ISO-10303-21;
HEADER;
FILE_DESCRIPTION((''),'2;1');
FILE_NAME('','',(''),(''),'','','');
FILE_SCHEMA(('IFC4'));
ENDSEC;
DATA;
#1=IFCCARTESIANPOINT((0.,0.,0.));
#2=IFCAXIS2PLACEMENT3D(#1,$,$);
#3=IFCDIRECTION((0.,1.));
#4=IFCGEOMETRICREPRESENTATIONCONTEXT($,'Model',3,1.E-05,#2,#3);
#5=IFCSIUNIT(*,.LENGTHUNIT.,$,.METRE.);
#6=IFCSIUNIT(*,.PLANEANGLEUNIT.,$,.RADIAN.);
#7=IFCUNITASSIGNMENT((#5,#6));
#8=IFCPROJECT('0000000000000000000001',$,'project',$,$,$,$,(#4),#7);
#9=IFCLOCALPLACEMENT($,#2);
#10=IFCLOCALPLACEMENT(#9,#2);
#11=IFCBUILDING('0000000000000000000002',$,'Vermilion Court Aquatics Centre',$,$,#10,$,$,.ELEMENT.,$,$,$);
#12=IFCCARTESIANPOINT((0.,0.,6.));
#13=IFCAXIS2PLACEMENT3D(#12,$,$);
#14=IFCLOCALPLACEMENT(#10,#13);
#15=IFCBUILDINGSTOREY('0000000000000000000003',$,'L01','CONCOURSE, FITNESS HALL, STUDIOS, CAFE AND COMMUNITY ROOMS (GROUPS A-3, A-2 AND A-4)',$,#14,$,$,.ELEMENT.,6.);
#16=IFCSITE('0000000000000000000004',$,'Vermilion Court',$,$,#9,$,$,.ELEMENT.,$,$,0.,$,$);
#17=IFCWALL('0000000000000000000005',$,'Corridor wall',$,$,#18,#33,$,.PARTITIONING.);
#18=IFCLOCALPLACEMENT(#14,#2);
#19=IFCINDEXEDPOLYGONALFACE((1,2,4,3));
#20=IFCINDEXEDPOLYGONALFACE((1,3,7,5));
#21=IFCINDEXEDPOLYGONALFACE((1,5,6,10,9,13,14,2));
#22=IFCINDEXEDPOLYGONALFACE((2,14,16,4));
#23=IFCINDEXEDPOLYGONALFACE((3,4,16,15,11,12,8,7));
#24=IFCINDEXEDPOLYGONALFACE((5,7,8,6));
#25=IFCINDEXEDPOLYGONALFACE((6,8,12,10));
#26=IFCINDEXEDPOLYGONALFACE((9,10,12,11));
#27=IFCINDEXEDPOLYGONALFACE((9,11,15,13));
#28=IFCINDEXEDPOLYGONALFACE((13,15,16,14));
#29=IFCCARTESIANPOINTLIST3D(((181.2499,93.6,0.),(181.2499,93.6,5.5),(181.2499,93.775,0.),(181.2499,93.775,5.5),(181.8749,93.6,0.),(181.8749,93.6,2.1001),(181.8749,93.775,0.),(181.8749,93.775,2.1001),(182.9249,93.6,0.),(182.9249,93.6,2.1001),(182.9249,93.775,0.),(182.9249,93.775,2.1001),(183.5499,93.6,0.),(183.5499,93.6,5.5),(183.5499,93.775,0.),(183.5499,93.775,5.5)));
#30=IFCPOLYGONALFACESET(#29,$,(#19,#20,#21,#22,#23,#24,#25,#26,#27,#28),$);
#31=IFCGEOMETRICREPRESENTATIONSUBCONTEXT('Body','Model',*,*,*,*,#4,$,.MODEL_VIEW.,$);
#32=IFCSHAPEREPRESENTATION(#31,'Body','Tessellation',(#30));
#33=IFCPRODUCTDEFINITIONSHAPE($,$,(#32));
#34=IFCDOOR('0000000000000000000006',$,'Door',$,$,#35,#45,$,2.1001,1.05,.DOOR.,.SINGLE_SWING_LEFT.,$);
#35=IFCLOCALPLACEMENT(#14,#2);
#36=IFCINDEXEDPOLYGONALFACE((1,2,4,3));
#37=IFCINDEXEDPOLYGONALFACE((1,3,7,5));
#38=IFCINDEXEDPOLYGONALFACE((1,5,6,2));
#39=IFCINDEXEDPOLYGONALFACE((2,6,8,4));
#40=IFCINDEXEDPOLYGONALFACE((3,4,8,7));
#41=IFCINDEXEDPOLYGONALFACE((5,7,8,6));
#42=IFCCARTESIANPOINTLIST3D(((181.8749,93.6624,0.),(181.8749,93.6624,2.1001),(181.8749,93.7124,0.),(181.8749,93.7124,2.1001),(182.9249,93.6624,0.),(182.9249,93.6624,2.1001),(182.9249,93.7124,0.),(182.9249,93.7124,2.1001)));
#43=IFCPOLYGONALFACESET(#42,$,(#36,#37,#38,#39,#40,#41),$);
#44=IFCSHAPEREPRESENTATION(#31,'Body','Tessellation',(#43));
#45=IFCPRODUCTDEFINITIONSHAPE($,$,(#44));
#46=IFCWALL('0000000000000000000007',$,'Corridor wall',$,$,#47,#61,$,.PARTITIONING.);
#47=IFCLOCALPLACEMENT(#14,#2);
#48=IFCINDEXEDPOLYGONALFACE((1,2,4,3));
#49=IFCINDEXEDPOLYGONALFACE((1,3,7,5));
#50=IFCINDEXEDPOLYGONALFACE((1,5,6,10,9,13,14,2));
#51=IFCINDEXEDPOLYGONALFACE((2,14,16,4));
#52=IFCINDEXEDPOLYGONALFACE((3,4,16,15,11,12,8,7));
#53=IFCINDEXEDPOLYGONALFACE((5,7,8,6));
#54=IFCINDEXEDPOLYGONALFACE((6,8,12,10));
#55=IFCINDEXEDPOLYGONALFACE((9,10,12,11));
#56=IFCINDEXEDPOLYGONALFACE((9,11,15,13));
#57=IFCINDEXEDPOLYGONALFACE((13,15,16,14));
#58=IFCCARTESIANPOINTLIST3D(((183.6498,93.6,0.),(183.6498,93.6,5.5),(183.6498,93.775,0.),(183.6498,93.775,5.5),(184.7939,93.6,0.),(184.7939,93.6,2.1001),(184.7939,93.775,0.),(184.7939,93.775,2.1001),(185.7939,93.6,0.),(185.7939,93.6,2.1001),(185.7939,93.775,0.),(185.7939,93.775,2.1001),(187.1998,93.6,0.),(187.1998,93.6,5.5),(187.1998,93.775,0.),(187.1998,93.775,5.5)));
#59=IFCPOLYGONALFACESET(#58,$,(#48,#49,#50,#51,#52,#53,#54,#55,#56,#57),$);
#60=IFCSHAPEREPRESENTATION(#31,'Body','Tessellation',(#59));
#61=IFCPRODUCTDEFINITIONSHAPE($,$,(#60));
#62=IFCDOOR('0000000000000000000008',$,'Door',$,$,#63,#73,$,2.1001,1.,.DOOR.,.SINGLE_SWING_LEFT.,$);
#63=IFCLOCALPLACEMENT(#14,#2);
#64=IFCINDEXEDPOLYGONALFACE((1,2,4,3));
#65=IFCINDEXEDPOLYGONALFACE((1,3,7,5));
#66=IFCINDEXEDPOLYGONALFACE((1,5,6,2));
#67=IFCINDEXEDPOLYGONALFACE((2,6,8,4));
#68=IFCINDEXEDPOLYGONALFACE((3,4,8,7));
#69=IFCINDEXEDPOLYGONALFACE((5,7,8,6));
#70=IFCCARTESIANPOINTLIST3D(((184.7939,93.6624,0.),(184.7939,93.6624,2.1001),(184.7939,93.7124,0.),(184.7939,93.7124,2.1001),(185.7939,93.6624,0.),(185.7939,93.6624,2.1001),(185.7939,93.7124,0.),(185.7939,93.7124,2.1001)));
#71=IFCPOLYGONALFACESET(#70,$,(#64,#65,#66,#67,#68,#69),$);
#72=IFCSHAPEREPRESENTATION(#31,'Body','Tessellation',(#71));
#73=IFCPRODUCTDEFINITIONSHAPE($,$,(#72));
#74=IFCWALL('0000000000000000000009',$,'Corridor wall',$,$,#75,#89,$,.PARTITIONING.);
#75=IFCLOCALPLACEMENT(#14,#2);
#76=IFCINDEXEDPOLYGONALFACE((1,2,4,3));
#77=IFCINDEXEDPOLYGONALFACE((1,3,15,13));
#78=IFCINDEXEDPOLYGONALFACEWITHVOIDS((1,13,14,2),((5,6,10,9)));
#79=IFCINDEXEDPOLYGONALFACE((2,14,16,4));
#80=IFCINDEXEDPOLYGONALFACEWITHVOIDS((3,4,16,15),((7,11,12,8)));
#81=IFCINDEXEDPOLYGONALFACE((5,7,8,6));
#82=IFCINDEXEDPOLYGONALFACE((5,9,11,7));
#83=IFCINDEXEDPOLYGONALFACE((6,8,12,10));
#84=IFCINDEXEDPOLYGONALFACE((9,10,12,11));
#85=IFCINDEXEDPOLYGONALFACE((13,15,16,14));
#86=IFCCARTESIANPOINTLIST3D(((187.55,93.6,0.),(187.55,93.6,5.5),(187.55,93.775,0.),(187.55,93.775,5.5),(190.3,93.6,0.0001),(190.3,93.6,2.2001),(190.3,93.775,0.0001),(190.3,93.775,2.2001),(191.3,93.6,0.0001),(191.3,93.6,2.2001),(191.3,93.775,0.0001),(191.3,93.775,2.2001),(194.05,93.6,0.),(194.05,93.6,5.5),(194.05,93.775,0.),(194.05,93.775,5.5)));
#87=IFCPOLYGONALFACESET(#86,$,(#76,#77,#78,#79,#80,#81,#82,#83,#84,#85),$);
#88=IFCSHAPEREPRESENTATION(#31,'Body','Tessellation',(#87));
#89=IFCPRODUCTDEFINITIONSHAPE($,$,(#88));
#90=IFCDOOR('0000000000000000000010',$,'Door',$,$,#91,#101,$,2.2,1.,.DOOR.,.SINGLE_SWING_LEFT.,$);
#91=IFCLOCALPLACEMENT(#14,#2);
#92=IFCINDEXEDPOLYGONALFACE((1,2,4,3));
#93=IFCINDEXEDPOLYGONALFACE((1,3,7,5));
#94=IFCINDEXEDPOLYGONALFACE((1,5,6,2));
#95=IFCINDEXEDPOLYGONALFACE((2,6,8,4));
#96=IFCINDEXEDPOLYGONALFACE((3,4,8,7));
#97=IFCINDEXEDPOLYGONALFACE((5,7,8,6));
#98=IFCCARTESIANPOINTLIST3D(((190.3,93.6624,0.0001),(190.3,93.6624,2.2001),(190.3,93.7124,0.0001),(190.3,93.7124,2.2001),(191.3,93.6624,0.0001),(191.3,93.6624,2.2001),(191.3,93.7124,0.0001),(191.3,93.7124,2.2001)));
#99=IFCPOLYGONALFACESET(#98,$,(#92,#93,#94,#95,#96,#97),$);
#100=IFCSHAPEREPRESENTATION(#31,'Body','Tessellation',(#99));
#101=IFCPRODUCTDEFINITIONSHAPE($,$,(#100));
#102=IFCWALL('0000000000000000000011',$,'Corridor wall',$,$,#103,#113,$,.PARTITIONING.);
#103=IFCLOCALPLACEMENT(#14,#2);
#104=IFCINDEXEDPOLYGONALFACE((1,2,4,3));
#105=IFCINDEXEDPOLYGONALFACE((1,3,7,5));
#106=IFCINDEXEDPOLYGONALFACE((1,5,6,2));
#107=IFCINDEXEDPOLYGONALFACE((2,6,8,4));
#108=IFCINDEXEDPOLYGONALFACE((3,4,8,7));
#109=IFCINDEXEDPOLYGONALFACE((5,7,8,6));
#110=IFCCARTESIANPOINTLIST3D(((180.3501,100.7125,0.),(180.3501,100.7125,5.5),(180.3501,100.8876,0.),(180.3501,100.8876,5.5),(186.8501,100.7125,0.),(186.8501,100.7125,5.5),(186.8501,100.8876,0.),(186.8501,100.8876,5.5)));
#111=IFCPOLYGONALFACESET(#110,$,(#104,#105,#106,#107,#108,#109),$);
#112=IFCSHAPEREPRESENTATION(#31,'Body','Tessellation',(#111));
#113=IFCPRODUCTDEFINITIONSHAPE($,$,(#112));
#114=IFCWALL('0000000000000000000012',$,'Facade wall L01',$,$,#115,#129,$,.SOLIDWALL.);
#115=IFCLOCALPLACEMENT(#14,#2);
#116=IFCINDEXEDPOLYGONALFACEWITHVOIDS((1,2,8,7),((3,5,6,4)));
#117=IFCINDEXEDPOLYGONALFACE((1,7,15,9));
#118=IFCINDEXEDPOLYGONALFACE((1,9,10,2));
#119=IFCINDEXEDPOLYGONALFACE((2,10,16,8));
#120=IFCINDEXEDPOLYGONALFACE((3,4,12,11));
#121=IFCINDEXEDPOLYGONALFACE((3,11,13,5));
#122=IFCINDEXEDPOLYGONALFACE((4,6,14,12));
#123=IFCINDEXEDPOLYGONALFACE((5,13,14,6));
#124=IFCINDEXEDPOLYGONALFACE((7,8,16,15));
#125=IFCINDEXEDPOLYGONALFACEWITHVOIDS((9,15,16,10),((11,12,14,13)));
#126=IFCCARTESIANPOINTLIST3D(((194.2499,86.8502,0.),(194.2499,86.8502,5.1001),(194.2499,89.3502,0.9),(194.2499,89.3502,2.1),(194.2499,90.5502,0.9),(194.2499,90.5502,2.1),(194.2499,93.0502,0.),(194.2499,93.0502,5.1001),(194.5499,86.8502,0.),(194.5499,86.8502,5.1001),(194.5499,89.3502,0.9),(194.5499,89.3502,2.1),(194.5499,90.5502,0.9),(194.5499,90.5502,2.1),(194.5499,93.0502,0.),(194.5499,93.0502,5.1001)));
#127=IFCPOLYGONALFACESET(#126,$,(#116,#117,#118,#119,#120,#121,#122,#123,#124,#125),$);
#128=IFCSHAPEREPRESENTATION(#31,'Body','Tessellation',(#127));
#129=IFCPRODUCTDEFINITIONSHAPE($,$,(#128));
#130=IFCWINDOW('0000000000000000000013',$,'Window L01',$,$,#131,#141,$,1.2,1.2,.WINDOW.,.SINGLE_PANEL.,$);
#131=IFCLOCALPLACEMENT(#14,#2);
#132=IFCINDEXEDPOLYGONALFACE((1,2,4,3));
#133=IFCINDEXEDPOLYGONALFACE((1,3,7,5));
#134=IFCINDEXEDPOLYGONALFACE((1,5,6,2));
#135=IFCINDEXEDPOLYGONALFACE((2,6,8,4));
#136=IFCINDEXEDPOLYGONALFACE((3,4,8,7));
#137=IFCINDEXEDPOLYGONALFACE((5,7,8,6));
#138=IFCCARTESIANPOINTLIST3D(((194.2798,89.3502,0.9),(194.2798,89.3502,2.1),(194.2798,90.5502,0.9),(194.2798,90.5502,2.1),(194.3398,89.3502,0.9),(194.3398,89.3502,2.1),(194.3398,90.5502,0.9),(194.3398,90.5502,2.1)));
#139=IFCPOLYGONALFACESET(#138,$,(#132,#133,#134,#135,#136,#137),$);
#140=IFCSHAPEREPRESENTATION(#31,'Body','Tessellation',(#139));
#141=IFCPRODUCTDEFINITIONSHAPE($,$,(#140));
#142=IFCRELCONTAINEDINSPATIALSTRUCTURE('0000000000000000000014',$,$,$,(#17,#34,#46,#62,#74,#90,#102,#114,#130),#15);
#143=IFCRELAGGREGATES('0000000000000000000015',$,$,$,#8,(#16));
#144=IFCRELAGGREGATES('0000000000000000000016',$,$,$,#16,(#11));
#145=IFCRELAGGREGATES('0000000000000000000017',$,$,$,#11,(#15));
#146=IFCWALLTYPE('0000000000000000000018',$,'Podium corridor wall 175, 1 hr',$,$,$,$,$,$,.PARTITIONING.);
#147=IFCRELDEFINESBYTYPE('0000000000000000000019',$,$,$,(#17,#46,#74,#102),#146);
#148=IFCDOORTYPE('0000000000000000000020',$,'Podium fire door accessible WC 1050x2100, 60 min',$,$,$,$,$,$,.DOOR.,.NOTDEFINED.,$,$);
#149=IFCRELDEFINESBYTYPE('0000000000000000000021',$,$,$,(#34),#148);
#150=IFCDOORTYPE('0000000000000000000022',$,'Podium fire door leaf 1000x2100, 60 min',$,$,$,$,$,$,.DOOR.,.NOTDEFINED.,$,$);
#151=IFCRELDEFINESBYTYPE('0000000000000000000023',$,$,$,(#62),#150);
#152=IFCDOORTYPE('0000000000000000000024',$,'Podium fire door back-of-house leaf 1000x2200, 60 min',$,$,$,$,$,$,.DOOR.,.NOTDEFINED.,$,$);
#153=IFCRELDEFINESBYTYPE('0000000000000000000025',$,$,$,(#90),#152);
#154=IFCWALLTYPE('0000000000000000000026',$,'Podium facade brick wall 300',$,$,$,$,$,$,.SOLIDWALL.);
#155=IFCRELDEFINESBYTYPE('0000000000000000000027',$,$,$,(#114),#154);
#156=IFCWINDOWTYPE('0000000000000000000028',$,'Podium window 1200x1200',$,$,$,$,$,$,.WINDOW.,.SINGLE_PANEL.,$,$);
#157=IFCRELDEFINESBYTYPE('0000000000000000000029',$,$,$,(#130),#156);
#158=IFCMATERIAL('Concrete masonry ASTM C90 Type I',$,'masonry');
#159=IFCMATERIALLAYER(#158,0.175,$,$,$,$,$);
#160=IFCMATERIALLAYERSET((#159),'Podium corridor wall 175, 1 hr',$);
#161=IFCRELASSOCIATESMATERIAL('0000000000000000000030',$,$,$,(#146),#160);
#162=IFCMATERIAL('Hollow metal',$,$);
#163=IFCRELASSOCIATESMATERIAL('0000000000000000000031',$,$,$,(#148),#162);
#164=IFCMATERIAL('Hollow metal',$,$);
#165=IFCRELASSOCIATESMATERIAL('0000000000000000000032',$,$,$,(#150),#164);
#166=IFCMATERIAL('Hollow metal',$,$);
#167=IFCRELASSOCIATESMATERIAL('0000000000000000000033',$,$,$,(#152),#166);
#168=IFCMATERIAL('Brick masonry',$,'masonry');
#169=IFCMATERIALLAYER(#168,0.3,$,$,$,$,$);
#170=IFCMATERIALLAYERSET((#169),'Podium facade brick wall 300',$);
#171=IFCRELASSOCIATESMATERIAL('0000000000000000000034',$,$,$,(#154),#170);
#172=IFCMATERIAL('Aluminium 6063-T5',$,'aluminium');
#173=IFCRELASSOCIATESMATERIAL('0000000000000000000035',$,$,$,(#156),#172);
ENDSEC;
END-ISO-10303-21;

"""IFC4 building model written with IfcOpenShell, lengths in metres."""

from ifc_helpers import new_model, si_unit, direction, frame, frame_2d, origin, place, context, subcontext, project, spatial, rectangle, extrude, material, layer, layer_set, type_object, element, fill, save


model = new_model("IFC4")

# Units and contexts
model_context = context("Model", 3, precision=1e-05, world=origin(), true_north=direction((0.0, 1.0)))
body_context = subcontext(model_context, "Body", "Model", "MODEL_VIEW")
ifc_project = project(units=[si_unit("LENGTHUNIT", "METRE"), si_unit("PLANEANGLEUNIT", "RADIAN")], contexts=[model_context])

# Site, building, storey
site_placement = place(None, origin())
site = spatial("IfcSite", under=ifc_project, at=site_placement, Name="Vermilion Court", CompositionType="ELEMENT", RefElevation=0.0)
building_placement = place(site_placement, origin())
building = spatial("IfcBuilding", under=site, at=building_placement, Name="Vermilion Court Aquatics Centre", CompositionType="ELEMENT")
storey_placement = place(building_placement, frame((0.0, 0.0, 6.0)))
storey = spatial("IfcBuildingStorey", under=building, at=storey_placement, Name="L01", Description="CONCOURSE, FITNESS HALL, STUDIOS, CAFE AND COMMUNITY ROOMS (GROUPS A-3, A-2 AND A-4)", CompositionType="ELEMENT", Elevation=6.0)

# Walls, openings, doors
ifc_material_1 = material(Name="Concrete masonry ASTM C90 Type I", Category="masonry")
ifc_layer_1 = layer(ifc_material_1, 0.175)
ifc_layer_set_1 = layer_set([ifc_layer_1], Name="Podium corridor wall 175, 1 hr")
wall_type_1 = type_object("IfcWallType", Name="Podium corridor wall 175, 1 hr", PredefinedType="PARTITIONING", material=ifc_layer_set_1)
wall_1_placement = place(storey_placement, frame((181.25, 93.6875, 0.0), z_axis=(0.0, 0.0, 1.0), x_axis=(1.0, 0.0, 0.0)))
wall_1 = element("IfcWall", 1, at=wall_1_placement, inside=storey, type_object=wall_type_1, Name="Corridor wall", PredefinedType="PARTITIONING", context=body_context, shape_type="SweptSolid", body=[
    extrude(rectangle(XDim=2.3, YDim=0.175, at=frame_2d((1.1499, 0.0))), origin(), (0.0, 0.0, 1.0), 5.5),
])
opening_1_placement = place(wall_1_placement, frame((0.625, 0.0, 0.0)))
opening_1 = element("IfcOpeningElement", 2, at=opening_1_placement, cuts=wall_1, PredefinedType="OPENING", context=body_context, shape_type="SweptSolid", body=[
    extrude(rectangle(XDim=1.05, YDim=2.1001, at=frame_2d((0.5249, 1.05))), frame((0.0, 0.0974, 0.0), z_axis=(0.0, -1.0, 0.0), x_axis=(1.0, 0.0, 0.0)), (0.0, 0.0, 1.0), 0.1951),
])
ifc_material_2 = material(Name="Hollow metal")
door_type_1 = type_object("IfcDoorType", Name="Podium fire door accessible WC 1050x2100, 60 min", OperationType="NOTDEFINED", PredefinedType="DOOR", material=ifc_material_2)
door_1_placement = place(opening_1_placement, frame((1.05, 0.0, 0.0), z_axis=(0.0, 0.0, 1.0), x_axis=(-1.0, 0.0, 0.0)))
door_1 = element("IfcDoor", 3, at=door_1_placement, inside=storey, type_object=door_type_1, Name="Door", OperationType="SINGLE_SWING_LEFT", OverallHeight=2.1001, OverallWidth=1.05, PredefinedType="DOOR", context=body_context, shape_type="SweptSolid", body=[
    extrude(rectangle(XDim=1.05, YDim=2.1001, at=frame_2d((0.5251, 1.05))), frame((0.0, 0.0251, 0.0), z_axis=(0.0, -1.0, 0.0), x_axis=(1.0, 0.0, 0.0)), (0.0, 0.0, 1.0), 0.05),
])
fill(opening_1, door_1)
wall_2_placement = place(storey_placement, frame((183.6499, 93.6875, 0.0), z_axis=(0.0, 0.0, 1.0), x_axis=(1.0, 0.0, 0.0)))
wall_2 = element("IfcWall", 4, at=wall_2_placement, inside=storey, type_object=wall_type_1, Name="Corridor wall", PredefinedType="PARTITIONING", context=body_context, shape_type="SweptSolid", body=[
    extrude(rectangle(XDim=3.55, YDim=0.175, at=frame_2d((1.7749, 0.0))), origin(), (0.0, 0.0, 1.0), 5.5),
])
opening_2_placement = place(wall_2_placement, frame((1.144, 0.0, 0.0)))
opening_2 = element("IfcOpeningElement", 5, at=opening_2_placement, cuts=wall_2, PredefinedType="OPENING", context=body_context, shape_type="SweptSolid", body=[
    extrude(rectangle(XDim=1.0, YDim=2.1001, at=frame_2d((0.5, 1.05))), frame((0.0, 0.0974, 0.0), z_axis=(0.0, -1.0, 0.0), x_axis=(1.0, 0.0, 0.0)), (0.0, 0.0, 1.0), 0.1951),
])
ifc_material_3 = material(Name="Hollow metal")
door_type_2 = type_object("IfcDoorType", Name="Podium fire door leaf 1000x2100, 60 min", OperationType="NOTDEFINED", PredefinedType="DOOR", material=ifc_material_3)
door_2_placement = place(opening_2_placement, frame((1.0, 0.0, 0.0), z_axis=(0.0, 0.0, 1.0), x_axis=(-1.0, 0.0, 0.0)))
door_2 = element("IfcDoor", 6, at=door_2_placement, inside=storey, type_object=door_type_2, Name="Door", OperationType="SINGLE_SWING_LEFT", OverallHeight=2.1001, OverallWidth=1.0, PredefinedType="DOOR", context=body_context, shape_type="SweptSolid", body=[
    extrude(rectangle(XDim=1.0, YDim=2.1001, at=frame_2d((0.5, 1.05))), frame((0.0, 0.0251, 0.0), z_axis=(0.0, -1.0, 0.0), x_axis=(1.0, 0.0, 0.0)), (0.0, 0.0, 1.0), 0.05),
])
fill(opening_2, door_2)
wall_3_placement = place(storey_placement, frame((187.55, 93.6875, 0.0), z_axis=(0.0, 0.0, 1.0), x_axis=(1.0, 0.0, 0.0)))
wall_3 = element("IfcWall", 7, at=wall_3_placement, inside=storey, type_object=wall_type_1, Name="Corridor wall", PredefinedType="PARTITIONING", context=body_context, shape_type="SweptSolid", body=[
    extrude(rectangle(XDim=6.5, YDim=0.175, at=frame_2d((3.25, 0.0))), origin(), (0.0, 0.0, 1.0), 5.5),
])
opening_3_placement = place(wall_3_placement, frame((2.75, 0.0, 0.0)))
opening_3 = element("IfcOpeningElement", 8, at=opening_3_placement, cuts=wall_3, PredefinedType="OPENING", context=body_context, shape_type="SweptSolid", body=[
    extrude(rectangle(XDim=1.0, YDim=2.2, at=frame_2d((0.5, 1.1001))), frame((0.0, 0.0974, 0.0), z_axis=(0.0, -1.0, 0.0), x_axis=(1.0, 0.0, 0.0)), (0.0, 0.0, 1.0), 0.1951),
])
ifc_material_4 = material(Name="Hollow metal")
door_type_3 = type_object("IfcDoorType", Name="Podium fire door back-of-house leaf 1000x2200, 60 min", OperationType="NOTDEFINED", PredefinedType="DOOR", material=ifc_material_4)
door_3_placement = place(opening_3_placement, frame((1.0, 0.0, 0.0), z_axis=(0.0, 0.0, 1.0), x_axis=(-1.0, 0.0, 0.0)))
door_3 = element("IfcDoor", 9, at=door_3_placement, inside=storey, type_object=door_type_3, Name="Door", OperationType="SINGLE_SWING_LEFT", OverallHeight=2.2, OverallWidth=1.0, PredefinedType="DOOR", context=body_context, shape_type="SweptSolid", body=[
    extrude(rectangle(XDim=1.0, YDim=2.2, at=frame_2d((0.5, 1.1001))), frame((0.0, 0.0251, 0.0), z_axis=(0.0, -1.0, 0.0), x_axis=(1.0, 0.0, 0.0)), (0.0, 0.0, 1.0), 0.05),
])
fill(opening_3, door_3)

# Wall
wall_4_placement = place(storey_placement, frame((180.3501, 100.8, 0.0), z_axis=(0.0, 0.0, 1.0), x_axis=(1.0, 0.0, 0.0)))
element("IfcWall", 10, at=wall_4_placement, inside=storey, type_object=wall_type_1, Name="Corridor wall", PredefinedType="PARTITIONING", context=body_context, shape_type="SweptSolid", body=[
    extrude(rectangle(XDim=6.5, YDim=0.175, at=frame_2d((3.25, 0.0))), origin(), (0.0, 0.0, 1.0), 5.5),
])

# Wall, opening, window
ifc_material_5 = material(Name="Brick masonry", Category="masonry")
ifc_layer_2 = layer(ifc_material_5, 0.3)
ifc_layer_set_2 = layer_set([ifc_layer_2], Name="Podium facade brick wall 300")
wall_type_2 = type_object("IfcWallType", Name="Podium facade brick wall 300", PredefinedType="SOLIDWALL", material=ifc_layer_set_2)
wall_5_placement = place(storey_placement, frame((194.3999, 86.8501, 0.0), z_axis=(0.0, 0.0, 1.0), x_axis=(0.0, 1.0, 0.0)))
wall_5 = element("IfcWall", 11, at=wall_5_placement, inside=storey, type_object=wall_type_2, Name="Facade wall L01", PredefinedType="SOLIDWALL", context=body_context, shape_type="SweptSolid", body=[
    extrude(rectangle(XDim=6.2, YDim=0.3, at=frame_2d((3.1001, 0.0))), origin(), (0.0, 0.0, 1.0), 5.1001),
])
opening_4_placement = place(wall_5_placement, frame((2.5, 0.0, 0.8999)))
opening_4 = element("IfcOpeningElement", 12, at=opening_4_placement, cuts=wall_5, PredefinedType="OPENING", context=body_context, shape_type="SweptSolid", body=[
    extrude(rectangle(XDim=1.2, YDim=1.2, at=frame_2d((0.6001, 0.6001))), frame((0.0, 0.1599, 0.0), z_axis=(0.0, -1.0, 0.0), x_axis=(1.0, 0.0, 0.0)), (0.0, 0.0, 1.0), 0.3201),
])
ifc_material_6 = material(Name="Aluminium 6063-T5", Category="aluminium")
window_type_1 = type_object("IfcWindowType", Name="Podium window 1200x1200", PartitioningType="SINGLE_PANEL", PredefinedType="WINDOW", material=ifc_material_6)
window_1_placement = place(opening_4_placement, origin())
window_1 = element("IfcWindow", 13, at=window_1_placement, inside=storey, type_object=window_type_1, Name="Window L01", OverallHeight=1.2, OverallWidth=1.2, PartitioningType="SINGLE_PANEL", PredefinedType="WINDOW", context=body_context, shape_type="SweptSolid", body=[
    extrude(rectangle(XDim=1.2, YDim=1.2, at=frame_2d((0.6001, 0.6001))), frame((0.0, 0.1201, 0.0), z_axis=(0.0, -1.0, 0.0), x_axis=(1.0, 0.0, 0.0)), (0.0, 0.0, 1.0), 0.0601),
])
fill(opening_4, window_1)

save(model, "model.ifc")
